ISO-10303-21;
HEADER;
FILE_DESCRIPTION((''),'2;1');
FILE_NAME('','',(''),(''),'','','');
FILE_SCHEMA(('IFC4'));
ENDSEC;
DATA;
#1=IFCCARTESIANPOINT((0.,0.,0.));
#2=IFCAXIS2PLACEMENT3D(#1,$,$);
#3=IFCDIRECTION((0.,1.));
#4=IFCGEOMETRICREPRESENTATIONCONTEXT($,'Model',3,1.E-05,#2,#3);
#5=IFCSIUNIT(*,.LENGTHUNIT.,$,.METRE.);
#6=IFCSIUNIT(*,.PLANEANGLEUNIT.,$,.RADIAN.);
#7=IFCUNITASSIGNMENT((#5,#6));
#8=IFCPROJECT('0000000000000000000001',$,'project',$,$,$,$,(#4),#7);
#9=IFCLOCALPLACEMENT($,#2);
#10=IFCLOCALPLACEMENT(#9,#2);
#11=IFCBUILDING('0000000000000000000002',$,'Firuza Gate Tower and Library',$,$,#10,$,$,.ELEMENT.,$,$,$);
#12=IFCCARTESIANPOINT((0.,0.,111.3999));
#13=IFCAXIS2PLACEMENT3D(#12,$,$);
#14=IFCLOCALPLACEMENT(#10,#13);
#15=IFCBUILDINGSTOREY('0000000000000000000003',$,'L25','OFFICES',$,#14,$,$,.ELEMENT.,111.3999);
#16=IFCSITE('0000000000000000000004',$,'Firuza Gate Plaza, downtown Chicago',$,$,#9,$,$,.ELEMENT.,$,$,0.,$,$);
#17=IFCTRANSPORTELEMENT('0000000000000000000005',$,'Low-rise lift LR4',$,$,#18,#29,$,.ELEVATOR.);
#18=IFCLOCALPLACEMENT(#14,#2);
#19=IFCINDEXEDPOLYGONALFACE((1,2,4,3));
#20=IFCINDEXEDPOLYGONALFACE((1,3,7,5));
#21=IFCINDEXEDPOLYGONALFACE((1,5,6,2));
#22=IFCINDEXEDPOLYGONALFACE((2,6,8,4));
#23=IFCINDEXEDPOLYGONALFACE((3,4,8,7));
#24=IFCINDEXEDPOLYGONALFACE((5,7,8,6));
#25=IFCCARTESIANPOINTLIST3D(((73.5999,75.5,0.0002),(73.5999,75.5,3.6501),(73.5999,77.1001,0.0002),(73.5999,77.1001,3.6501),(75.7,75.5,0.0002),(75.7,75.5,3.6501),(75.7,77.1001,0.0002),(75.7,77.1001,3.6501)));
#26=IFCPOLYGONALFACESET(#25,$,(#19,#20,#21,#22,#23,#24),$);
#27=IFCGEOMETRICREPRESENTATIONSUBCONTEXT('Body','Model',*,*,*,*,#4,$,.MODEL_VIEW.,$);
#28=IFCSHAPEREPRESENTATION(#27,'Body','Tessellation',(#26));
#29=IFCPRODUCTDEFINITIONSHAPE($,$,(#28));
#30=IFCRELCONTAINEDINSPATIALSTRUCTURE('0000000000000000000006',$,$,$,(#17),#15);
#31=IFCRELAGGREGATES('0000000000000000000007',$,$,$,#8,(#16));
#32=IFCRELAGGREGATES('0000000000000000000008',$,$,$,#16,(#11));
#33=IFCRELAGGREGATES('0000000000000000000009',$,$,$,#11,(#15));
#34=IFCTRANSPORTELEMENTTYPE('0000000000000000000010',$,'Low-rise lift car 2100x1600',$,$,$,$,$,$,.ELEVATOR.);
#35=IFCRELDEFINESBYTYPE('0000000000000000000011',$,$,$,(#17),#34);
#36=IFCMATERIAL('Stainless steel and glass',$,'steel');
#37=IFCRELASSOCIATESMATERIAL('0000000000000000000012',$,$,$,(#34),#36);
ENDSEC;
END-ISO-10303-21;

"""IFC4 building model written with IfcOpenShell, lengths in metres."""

from ifc_helpers import new_model, si_unit, direction, frame, origin, origin_2d, place, context, subcontext, project, spatial, rectangle, extrude, material, type_object, element, save


model = new_model("IFC4")

# Units and contexts
model_context = context("Model", 3, precision=1e-05, world=origin(), true_north=direction((0.0, 1.0)))
body_context = subcontext(model_context, "Body", "Model", "MODEL_VIEW")
ifc_project = project(units=[si_unit("LENGTHUNIT", "METRE"), si_unit("PLANEANGLEUNIT", "RADIAN")], contexts=[model_context])

# Site, building, storey
site_placement = place(None, origin())
site = spatial("IfcSite", under=ifc_project, at=site_placement, Name="Firuza Gate Plaza, downtown Chicago", CompositionType="ELEMENT", RefElevation=0.0)
building_placement = place(site_placement, origin())
building = spatial("IfcBuilding", under=site, at=building_placement, Name="Firuza Gate Tower and Library", CompositionType="ELEMENT")
storey_placement = place(building_placement, frame((0.0, 0.0, 111.3999)))
storey = spatial("IfcBuildingStorey", under=building, at=storey_placement, Name="L25", Description="OFFICES", CompositionType="ELEMENT", Elevation=111.3999)

# Transport element
ifc_material_1 = material(Name="Stainless steel and glass", Category="steel")
transport_element_type = type_object("IfcTransportElementType", Name="Low-rise lift car 2100x1600", PredefinedType="ELEVATOR", material=ifc_material_1)
transport_element_placement = place(storey_placement, frame((74.6499, 76.3, 0.0002), z_axis=(0.0, 0.0, 1.0), x_axis=(1.0, 0.0, 0.0)))
element("IfcTransportElement", 1, at=transport_element_placement, inside=storey, type_object=transport_element_type, Name="Low-rise lift LR4", PredefinedType="ELEVATOR", context=body_context, shape_type="SweptSolid", body=[
    extrude(rectangle(XDim=2.1001, YDim=1.6001, at=origin_2d()), origin(), (0.0, 0.0, 1.0), 3.6499),
])

save(model, "model.ifc")
